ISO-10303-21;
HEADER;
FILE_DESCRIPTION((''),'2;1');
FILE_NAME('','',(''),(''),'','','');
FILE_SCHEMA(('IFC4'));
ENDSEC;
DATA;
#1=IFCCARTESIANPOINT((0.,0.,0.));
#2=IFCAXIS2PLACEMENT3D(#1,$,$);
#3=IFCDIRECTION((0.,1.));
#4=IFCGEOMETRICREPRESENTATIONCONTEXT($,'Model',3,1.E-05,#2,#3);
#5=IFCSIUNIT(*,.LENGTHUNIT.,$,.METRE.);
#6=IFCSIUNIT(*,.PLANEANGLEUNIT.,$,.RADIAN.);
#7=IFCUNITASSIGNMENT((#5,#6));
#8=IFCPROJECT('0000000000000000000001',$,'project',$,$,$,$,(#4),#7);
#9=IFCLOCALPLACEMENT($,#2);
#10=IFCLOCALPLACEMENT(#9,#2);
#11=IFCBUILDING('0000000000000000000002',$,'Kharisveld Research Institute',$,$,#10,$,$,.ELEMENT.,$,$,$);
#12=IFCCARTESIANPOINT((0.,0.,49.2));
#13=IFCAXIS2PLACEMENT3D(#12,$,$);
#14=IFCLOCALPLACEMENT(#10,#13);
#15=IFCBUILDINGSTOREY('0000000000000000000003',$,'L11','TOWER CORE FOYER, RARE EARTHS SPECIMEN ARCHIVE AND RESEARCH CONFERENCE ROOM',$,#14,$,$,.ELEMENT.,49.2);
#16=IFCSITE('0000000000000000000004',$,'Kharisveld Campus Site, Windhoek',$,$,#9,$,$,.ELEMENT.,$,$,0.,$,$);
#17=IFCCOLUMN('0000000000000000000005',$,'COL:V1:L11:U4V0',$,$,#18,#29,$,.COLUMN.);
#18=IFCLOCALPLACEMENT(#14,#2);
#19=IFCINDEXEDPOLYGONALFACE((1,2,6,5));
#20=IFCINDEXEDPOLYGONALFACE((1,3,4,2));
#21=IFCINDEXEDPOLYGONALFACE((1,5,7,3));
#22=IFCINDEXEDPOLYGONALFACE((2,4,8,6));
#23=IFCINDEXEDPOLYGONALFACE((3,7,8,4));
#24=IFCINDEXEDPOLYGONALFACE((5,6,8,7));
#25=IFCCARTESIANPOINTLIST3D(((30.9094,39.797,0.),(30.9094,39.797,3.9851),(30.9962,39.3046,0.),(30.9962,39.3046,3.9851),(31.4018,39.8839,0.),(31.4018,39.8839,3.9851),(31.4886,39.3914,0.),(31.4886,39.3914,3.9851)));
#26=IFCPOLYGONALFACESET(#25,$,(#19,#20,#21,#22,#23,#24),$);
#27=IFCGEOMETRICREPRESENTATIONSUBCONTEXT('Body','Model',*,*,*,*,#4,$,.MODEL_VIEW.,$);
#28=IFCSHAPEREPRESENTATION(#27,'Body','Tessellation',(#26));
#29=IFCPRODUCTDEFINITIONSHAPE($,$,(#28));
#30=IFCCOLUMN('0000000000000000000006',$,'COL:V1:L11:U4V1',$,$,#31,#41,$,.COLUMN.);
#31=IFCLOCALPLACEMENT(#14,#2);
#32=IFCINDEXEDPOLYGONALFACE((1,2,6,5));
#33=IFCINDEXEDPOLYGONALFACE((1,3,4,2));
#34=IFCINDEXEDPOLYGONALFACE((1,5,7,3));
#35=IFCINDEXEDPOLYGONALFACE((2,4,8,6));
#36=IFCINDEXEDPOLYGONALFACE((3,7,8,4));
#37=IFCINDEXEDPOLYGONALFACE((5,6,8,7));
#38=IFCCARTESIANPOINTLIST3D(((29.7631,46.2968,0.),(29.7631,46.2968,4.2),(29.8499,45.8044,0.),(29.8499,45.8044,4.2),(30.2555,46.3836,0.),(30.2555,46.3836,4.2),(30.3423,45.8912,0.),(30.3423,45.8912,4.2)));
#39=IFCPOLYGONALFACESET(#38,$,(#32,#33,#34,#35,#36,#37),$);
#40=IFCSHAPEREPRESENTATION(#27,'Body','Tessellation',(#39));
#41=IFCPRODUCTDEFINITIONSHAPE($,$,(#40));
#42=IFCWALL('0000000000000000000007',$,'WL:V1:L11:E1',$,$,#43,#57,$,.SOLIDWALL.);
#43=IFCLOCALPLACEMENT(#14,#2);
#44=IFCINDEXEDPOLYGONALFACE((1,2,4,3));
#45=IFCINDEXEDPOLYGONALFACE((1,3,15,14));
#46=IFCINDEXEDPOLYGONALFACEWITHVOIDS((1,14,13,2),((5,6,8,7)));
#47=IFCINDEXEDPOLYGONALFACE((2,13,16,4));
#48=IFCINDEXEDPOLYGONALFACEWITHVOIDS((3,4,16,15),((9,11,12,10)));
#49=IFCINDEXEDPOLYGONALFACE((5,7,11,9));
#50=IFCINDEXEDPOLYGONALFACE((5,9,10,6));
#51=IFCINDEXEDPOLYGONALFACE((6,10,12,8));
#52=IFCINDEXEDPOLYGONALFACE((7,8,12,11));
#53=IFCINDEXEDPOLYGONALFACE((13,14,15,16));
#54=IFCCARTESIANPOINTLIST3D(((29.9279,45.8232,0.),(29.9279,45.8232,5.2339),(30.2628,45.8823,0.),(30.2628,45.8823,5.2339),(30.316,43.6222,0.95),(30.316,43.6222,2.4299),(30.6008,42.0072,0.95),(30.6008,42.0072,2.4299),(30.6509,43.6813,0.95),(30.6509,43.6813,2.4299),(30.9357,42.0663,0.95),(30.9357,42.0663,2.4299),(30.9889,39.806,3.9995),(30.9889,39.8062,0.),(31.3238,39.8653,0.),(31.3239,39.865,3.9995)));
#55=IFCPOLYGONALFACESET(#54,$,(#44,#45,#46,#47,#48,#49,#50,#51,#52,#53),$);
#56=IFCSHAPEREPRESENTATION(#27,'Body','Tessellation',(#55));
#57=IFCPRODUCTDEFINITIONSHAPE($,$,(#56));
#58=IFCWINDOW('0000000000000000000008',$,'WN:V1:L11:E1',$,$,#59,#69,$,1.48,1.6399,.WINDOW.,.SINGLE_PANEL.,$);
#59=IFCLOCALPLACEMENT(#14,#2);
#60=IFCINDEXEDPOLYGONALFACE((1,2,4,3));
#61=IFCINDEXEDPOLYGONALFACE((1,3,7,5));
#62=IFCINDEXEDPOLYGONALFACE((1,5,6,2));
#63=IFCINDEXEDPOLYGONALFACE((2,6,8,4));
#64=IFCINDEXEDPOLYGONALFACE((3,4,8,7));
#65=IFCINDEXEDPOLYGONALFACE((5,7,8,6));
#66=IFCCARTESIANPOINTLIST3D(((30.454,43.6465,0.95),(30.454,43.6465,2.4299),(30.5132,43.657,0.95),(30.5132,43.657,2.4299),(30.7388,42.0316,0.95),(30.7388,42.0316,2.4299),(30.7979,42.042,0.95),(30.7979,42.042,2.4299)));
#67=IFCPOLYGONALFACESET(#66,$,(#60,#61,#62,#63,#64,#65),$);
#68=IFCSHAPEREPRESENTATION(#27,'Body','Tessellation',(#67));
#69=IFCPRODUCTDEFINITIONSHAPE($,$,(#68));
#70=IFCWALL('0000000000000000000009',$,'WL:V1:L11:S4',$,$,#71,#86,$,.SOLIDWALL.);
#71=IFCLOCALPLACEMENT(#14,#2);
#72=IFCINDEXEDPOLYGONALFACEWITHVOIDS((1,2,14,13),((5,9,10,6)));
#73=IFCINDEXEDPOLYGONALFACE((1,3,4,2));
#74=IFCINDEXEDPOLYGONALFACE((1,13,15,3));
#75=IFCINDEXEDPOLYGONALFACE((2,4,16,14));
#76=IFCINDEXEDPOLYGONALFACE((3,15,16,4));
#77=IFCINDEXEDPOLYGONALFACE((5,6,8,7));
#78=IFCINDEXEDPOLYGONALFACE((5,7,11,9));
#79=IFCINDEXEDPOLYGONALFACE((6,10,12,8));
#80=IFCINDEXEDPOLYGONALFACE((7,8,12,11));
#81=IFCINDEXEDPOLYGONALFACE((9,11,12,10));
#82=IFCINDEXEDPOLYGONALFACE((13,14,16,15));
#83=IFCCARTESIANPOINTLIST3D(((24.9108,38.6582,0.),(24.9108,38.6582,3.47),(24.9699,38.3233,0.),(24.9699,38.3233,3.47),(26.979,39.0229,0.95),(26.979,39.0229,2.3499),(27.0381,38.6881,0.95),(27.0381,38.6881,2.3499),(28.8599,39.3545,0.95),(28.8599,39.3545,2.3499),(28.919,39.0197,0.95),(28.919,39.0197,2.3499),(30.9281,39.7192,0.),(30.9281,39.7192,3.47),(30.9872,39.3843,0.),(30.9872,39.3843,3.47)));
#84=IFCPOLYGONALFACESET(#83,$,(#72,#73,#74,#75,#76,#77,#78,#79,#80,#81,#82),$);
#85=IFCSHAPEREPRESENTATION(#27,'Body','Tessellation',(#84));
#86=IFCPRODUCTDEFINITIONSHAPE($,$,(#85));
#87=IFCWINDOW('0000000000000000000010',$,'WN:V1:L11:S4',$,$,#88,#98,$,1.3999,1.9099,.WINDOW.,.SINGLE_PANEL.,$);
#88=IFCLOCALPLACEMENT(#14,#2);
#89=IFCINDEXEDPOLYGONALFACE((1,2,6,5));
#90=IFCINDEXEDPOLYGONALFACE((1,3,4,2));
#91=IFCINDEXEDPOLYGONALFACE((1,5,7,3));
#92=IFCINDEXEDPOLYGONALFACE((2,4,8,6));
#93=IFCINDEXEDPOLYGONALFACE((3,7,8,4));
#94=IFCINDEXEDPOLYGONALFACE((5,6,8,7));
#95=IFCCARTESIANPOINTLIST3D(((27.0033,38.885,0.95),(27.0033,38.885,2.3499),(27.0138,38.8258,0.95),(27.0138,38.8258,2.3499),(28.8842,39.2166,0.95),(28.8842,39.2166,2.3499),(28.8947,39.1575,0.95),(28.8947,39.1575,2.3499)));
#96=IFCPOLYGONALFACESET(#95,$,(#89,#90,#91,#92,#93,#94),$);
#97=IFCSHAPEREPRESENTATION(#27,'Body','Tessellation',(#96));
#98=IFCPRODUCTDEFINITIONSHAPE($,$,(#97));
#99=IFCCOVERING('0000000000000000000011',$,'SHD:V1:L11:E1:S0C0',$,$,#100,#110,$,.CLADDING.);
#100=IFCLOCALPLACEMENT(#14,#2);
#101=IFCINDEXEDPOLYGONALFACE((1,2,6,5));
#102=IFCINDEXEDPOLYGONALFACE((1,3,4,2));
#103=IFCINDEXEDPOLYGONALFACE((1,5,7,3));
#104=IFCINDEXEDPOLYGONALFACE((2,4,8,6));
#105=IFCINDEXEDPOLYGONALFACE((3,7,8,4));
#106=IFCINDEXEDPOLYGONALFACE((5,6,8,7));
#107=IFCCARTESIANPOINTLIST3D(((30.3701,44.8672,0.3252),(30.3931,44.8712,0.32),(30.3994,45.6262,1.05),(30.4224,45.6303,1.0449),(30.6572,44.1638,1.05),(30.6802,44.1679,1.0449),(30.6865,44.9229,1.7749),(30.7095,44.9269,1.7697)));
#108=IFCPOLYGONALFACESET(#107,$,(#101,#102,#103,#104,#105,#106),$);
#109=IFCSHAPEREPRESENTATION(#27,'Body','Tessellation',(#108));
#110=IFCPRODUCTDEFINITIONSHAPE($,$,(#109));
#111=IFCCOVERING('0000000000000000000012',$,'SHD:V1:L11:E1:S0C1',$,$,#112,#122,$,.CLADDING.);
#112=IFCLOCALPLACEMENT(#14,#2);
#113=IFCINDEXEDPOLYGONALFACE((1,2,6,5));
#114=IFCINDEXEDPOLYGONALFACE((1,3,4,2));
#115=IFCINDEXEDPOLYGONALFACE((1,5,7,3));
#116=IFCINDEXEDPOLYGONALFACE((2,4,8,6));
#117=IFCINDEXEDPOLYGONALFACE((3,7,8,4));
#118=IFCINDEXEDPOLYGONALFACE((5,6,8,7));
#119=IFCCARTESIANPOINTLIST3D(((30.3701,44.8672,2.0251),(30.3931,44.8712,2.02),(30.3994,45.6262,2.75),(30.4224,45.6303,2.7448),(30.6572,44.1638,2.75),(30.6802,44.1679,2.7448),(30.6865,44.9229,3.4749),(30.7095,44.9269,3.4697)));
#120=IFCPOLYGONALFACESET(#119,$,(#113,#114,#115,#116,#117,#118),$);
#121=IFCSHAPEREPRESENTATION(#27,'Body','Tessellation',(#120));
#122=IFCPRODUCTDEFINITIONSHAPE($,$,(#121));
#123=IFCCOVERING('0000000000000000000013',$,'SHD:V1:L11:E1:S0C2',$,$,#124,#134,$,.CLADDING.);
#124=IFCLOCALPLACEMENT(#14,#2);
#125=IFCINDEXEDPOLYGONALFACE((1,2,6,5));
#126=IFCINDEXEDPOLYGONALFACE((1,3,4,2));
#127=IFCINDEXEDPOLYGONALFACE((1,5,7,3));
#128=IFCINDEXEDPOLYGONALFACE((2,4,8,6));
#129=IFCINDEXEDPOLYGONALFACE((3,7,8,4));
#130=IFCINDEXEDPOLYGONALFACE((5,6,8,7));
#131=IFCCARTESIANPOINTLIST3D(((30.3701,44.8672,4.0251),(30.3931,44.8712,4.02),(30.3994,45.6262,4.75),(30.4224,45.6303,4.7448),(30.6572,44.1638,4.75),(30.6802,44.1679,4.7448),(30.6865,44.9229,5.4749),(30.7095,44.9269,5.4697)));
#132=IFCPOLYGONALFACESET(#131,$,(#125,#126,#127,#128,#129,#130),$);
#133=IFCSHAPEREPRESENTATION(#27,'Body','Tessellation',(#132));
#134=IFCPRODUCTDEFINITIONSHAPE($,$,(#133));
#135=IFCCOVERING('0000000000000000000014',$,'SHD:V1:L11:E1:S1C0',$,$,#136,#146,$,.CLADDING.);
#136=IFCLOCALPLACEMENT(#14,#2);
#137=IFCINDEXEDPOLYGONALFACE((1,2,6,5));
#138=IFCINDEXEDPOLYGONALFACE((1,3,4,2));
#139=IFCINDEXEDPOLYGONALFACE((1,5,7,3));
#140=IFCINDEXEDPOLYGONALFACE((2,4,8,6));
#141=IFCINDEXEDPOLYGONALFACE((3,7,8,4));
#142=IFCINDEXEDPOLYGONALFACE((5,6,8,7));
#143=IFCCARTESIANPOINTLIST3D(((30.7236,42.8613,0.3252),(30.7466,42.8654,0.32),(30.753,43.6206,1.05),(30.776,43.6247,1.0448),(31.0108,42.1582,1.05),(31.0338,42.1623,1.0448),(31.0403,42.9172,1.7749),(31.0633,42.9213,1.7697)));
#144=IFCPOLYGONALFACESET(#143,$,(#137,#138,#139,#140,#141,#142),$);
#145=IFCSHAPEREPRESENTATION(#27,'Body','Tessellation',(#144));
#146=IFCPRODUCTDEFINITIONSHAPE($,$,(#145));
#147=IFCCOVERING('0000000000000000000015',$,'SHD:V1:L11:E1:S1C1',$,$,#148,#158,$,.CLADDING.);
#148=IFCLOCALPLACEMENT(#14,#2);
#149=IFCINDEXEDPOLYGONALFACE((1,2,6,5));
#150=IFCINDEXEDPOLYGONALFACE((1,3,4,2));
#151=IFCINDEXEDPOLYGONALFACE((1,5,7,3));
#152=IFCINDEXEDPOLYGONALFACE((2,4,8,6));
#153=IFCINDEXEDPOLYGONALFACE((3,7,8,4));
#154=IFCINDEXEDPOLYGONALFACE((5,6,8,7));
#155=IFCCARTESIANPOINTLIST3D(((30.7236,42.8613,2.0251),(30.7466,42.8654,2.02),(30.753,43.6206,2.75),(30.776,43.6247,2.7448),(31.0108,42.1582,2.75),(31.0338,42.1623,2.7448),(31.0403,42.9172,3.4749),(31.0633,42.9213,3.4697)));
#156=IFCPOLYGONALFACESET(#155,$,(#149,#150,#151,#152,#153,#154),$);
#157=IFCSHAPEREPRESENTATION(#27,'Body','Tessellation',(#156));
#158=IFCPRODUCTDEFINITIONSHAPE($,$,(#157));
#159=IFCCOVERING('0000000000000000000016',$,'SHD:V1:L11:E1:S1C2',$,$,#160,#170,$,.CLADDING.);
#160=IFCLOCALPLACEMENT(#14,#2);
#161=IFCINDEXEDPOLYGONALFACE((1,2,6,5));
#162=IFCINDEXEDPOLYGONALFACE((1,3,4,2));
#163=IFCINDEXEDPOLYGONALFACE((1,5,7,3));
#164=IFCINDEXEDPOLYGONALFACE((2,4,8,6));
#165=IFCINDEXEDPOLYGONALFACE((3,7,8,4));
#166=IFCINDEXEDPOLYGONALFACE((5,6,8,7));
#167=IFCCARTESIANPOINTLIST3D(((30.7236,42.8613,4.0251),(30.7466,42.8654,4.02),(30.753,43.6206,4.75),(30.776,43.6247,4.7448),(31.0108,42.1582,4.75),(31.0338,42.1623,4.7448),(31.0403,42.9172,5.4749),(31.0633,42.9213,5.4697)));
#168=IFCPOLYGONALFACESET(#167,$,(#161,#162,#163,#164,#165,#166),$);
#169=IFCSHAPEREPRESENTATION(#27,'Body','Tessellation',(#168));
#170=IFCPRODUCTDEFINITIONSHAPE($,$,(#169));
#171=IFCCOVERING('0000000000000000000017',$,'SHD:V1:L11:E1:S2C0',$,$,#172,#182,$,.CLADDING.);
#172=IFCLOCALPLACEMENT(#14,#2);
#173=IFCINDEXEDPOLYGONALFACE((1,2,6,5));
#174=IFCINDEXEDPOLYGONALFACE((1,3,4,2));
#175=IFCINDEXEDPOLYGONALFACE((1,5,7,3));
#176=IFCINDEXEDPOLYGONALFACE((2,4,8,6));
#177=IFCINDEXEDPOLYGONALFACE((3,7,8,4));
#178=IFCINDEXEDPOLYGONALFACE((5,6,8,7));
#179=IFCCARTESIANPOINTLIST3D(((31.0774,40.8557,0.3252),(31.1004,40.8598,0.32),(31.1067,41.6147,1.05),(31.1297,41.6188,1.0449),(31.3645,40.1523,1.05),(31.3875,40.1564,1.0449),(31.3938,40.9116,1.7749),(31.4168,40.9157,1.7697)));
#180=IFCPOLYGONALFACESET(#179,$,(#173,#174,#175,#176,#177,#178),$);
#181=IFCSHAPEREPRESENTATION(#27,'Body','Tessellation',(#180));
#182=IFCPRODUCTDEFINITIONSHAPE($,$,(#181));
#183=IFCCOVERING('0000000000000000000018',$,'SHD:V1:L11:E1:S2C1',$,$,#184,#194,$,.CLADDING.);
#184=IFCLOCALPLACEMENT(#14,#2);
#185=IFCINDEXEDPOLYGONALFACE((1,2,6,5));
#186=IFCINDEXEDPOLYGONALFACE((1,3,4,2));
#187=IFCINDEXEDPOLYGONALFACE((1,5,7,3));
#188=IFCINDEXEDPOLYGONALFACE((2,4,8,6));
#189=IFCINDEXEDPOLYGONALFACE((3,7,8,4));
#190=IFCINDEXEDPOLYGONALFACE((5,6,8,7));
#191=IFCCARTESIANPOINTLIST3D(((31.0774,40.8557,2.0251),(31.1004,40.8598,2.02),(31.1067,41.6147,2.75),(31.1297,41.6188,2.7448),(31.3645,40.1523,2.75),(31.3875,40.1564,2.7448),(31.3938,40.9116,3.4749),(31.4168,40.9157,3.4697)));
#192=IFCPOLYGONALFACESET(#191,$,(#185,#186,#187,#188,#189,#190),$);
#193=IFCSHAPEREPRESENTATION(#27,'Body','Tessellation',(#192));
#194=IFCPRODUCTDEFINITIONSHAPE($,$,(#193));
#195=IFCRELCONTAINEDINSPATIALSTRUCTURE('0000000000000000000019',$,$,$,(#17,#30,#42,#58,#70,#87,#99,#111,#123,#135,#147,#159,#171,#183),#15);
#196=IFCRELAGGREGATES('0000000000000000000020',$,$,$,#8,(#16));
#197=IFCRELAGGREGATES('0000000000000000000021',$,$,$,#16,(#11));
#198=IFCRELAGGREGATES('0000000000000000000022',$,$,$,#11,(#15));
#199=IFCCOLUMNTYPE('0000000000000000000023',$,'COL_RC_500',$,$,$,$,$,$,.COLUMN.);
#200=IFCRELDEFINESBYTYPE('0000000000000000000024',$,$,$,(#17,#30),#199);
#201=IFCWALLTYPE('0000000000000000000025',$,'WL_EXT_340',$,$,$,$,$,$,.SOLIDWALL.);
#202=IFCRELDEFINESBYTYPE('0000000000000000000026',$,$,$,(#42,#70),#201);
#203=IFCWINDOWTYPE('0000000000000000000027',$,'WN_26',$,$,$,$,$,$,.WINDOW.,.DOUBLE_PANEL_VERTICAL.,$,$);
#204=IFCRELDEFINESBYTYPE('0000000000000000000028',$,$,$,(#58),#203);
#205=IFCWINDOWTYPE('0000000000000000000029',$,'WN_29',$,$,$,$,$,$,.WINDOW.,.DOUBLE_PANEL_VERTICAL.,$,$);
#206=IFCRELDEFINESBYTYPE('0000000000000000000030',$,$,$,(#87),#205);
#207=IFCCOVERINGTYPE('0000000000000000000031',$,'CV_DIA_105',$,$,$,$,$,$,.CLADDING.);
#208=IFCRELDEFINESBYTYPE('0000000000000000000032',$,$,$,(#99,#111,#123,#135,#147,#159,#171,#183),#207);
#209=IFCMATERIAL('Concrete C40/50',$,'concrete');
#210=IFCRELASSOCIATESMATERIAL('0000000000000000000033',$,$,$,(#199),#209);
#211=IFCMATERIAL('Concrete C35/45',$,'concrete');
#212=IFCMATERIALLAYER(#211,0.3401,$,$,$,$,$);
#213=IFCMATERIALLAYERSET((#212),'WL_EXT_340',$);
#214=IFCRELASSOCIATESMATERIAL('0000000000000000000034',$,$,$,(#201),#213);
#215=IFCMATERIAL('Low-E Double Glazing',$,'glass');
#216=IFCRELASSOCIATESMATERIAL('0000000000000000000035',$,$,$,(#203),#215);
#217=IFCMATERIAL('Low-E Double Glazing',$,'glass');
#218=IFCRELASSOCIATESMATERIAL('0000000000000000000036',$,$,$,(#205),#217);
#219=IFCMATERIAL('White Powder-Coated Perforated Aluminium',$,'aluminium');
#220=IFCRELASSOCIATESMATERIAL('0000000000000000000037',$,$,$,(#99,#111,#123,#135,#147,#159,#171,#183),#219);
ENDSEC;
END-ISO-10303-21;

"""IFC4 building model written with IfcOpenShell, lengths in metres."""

from ifc_helpers import new_model, si_unit, direction, frame, frame_2d, origin, origin_2d, place, context, subcontext, project, spatial, polyline, rectangle, outline, extrude, material, layer, layer_set, material_profile, profile_set, type_object, element, fill, save


model = new_model("IFC4")

# Units and contexts
model_context = context("Model", 3, precision=1e-05, world=origin(), true_north=direction((0.0, 1.0)))
body_context = subcontext(model_context, "Body", "Model", "MODEL_VIEW")
ifc_project = project(units=[si_unit("LENGTHUNIT", "METRE"), si_unit("PLANEANGLEUNIT", "RADIAN")], contexts=[model_context])

# Site, building, storey
site_placement = place(None, origin())
site = spatial("IfcSite", under=ifc_project, at=site_placement, Name="Kharisveld Campus Site, Windhoek", CompositionType="ELEMENT", RefElevation=0.0)
building_placement = place(site_placement, origin())
building = spatial("IfcBuilding", under=site, at=building_placement, Name="Kharisveld Research Institute", CompositionType="ELEMENT")
storey_placement = place(building_placement, frame((0.0, 0.0, 49.2)))
storey = spatial("IfcBuildingStorey", under=building, at=storey_placement, Name="L11", Description="TOWER CORE FOYER, RARE EARTHS SPECIMEN ARCHIVE AND RESEARCH CONFERENCE ROOM", CompositionType="ELEMENT", Elevation=49.2)

# Columns
ifc_material_1 = material(Name="Concrete C40/50", Category="concrete")
ifc_material_profile = material_profile(ifc_material_1, rectangle(XDim=0.5, YDim=0.5, at=origin_2d()))
ifc_profile_set = profile_set([ifc_material_profile], Name="Concrete C40/50")
column_type = type_object("IfcColumnType", Name="COL_RC_500", PredefinedType="COLUMN", material=ifc_profile_set)
column_1_placement = place(storey_placement, frame((31.199, 39.5942, 0.0), z_axis=(0.0, 0.0, 1.0), x_axis=(0.984808, 0.173648, 0.0)))
element("IfcColumn", 1, at=column_1_placement, inside=storey, type_object=column_type, Name="COL:V1:L11:U4V0", PredefinedType="COLUMN", context=body_context, shape_type="SweptSolid", body=[
    extrude(rectangle(XDim=0.5, YDim=0.5, at=origin_2d()), origin(), (0.0, 0.0, 1.0), 3.9851),
])
column_2_placement = place(storey_placement, frame((30.0527, 46.094, 0.0), z_axis=(0.0, 0.0, 1.0), x_axis=(0.984808, 0.173648, 0.0)))
element("IfcColumn", 2, at=column_2_placement, inside=storey, type_object=column_type, Name="COL:V1:L11:U4V1", PredefinedType="COLUMN", context=body_context, shape_type="SweptSolid", body=[
    extrude(rectangle(XDim=0.5, YDim=0.5, at=origin_2d()), origin(), (0.0, 0.0, 1.0), 4.2),
])

# Walls, openings, windows
ifc_material_2 = material(Name="Concrete C35/45", Category="concrete")
ifc_layer = layer(ifc_material_2, 0.3401)
ifc_layer_set = layer_set([ifc_layer], Name="WL_EXT_340")
wall_type = type_object("IfcWallType", Name="WL_EXT_340", PredefinedType="SOLIDWALL", material=ifc_layer_set)
wall_1_placement = place(storey_placement, frame((30.0955, 45.8528, 0.0), z_axis=(0.0, 0.0, 1.0), x_axis=(0.173658, -0.984806, 0.0)))
wall_1 = element("IfcWall", 3, at=wall_1_placement, inside=storey, type_object=wall_type, Name="WL:V1:L11:E1", PredefinedType="SOLIDWALL", context=body_context, shape_type="SweptSolid", body=[
    extrude(outline(polyline([(0.0, 0.0), (6.1099, 0.0), (6.1101, 3.9995), (0.0, 5.2339), (0.0, 0.0)])), frame((0.0, 0.1699, 0.0), z_axis=(0.0, -1.0, 0.0), x_axis=(1.0, 0.0, 0.0)), (0.0, 0.0, 1.0), 0.3401),
])
opening_1_placement = place(wall_1_placement, frame((2.2351, 0.0, 0.95)))
opening_1 = element("IfcOpeningElement", 4, at=opening_1_placement, cuts=wall_1, PredefinedType="OPENING", context=body_context, shape_type="SweptSolid", body=[
    extrude(rectangle(XDim=1.6399, YDim=1.48, at=frame_2d((0.8198, 0.74))), frame((0.0, 0.1699, 0.0), z_axis=(0.0, -1.0, 0.0), x_axis=(1.0, 0.0, 0.0)), (0.0, 0.0, 1.0), 0.3401),
])
ifc_material_3 = material(Name="Low-E Double Glazing", Category="glass")
window_type_1 = type_object("IfcWindowType", Name="WN_26", PartitioningType="DOUBLE_PANEL_VERTICAL", PredefinedType="WINDOW", material=ifc_material_3)
window_1_placement = place(opening_1_placement, origin())
window_1 = element("IfcWindow", 5, at=window_1_placement, inside=storey, type_object=window_type_1, Name="WN:V1:L11:E1", OverallHeight=1.48, OverallWidth=1.6399, PartitioningType="SINGLE_PANEL", PredefinedType="WINDOW", context=body_context, shape_type="SweptSolid", body=[
    extrude(rectangle(XDim=1.6399, YDim=1.48, at=frame_2d((0.8198, 0.74))), frame((0.0, 0.03, 0.0), z_axis=(0.0, -1.0, 0.0), x_axis=(1.0, 0.0, 0.0)), (0.0, 0.0, 1.0), 0.0601),
])
fill(opening_1, window_1)
wall_2_placement = place(storey_placement, frame((30.9578, 39.5518, 0.0), z_axis=(0.0, 0.0, 1.0), x_axis=(-0.984807, -0.173651, 0.0)))
wall_2 = element("IfcWall", 6, at=wall_2_placement, inside=storey, type_object=wall_type, Name="WL:V1:L11:S4", PredefinedType="SOLIDWALL", context=body_context, shape_type="SweptSolid", body=[
    extrude(rectangle(XDim=6.1101, YDim=0.3401, at=frame_2d((3.0552, 0.0))), origin(), (0.0, 0.0, 1.0), 3.47),
])
opening_2_placement = place(wall_2_placement, frame((2.1001, 0.0, 0.95)))
opening_2 = element("IfcOpeningElement", 7, at=opening_2_placement, cuts=wall_2, PredefinedType="OPENING", context=body_context, shape_type="SweptSolid", body=[
    extrude(rectangle(XDim=1.9099, YDim=1.3999, at=frame_2d((0.9551, 0.7))), frame((0.0, 0.1699, 0.0), z_axis=(0.0, -1.0, 0.0), x_axis=(1.0, 0.0, 0.0)), (0.0, 0.0, 1.0), 0.3401),
])
ifc_material_4 = material(Name="Low-E Double Glazing", Category="glass")
window_type_2 = type_object("IfcWindowType", Name="WN_29", PartitioningType="DOUBLE_PANEL_VERTICAL", PredefinedType="WINDOW", material=ifc_material_4)
window_2_placement = place(opening_2_placement, origin())
window_2 = element("IfcWindow", 8, at=window_2_placement, inside=storey, type_object=window_type_2, Name="WN:V1:L11:S4", OverallHeight=1.3999, OverallWidth=1.9099, PartitioningType="SINGLE_PANEL", PredefinedType="WINDOW", context=body_context, shape_type="SweptSolid", body=[
    extrude(rectangle(XDim=1.9099, YDim=1.3999, at=frame_2d((0.9551, 0.7))), frame((0.0, 0.03, 0.0), z_axis=(0.0, -1.0, 0.0), x_axis=(1.0, 0.0, 0.0)), (0.0, 0.0, 1.0), 0.0601),
])
fill(opening_2, window_2)

# Coverings
ifc_material_5 = material(Name="White Powder-Coated Perforated Aluminium", Category="aluminium")
covering_type = type_object("IfcCoveringType", Name="CV_DIA_105", PredefinedType="CLADDING")
for number, where, z_axis, x_axis, name in (
    (9, (30.3701, 44.8672, 0.3252), (-0.961487, -0.169504, 0.216358), (0.273429, -0.669853, 0.690314), "SHD:V1:L11:E1:S0C0"),
    (10, (30.3701, 44.8672, 2.0251), (-0.961487, -0.169504, 0.216358), (0.273429, -0.669853, 0.690314), "SHD:V1:L11:E1:S0C1"),
    (11, (30.3701, 44.8672, 4.0251), (-0.961487, -0.169504, 0.216358), (0.273429, -0.669853, 0.690314), "SHD:V1:L11:E1:S0C2"),
):
    element("IfcCovering", number, at=place(storey_placement, frame(where, z_axis=z_axis, x_axis=x_axis)), inside=storey, type_object=covering_type, material=ifc_material_5, Name=name, PredefinedType="CLADDING", context=body_context, shape_type="SweptSolid", body=[
        extrude(outline(polyline([(0.0, 0.0), (1.05, 0.0), (1.05, 1.05), (-0.0001, 1.05), (0.0, 0.0)])), origin(), (0.0, 0.0, -1.0), 0.0239),
    ])
for number, where, z_axis, x_axis, name in (
    (12, (30.7236, 42.8613, 0.3252), (-0.961447, -0.169497, 0.21654), (0.27356, -0.66971, 0.690402), "SHD:V1:L11:E1:S1C0"),
    (13, (30.7236, 42.8613, 2.0251), (-0.961447, -0.169497, 0.21654), (0.27356, -0.66971, 0.690402), "SHD:V1:L11:E1:S1C1"),
    (14, (30.7236, 42.8613, 4.0251), (-0.961447, -0.169497, 0.21654), (0.27356, -0.66971, 0.690402), "SHD:V1:L11:E1:S1C2"),
):
    element("IfcCovering", number, at=place(storey_placement, frame(where, z_axis=z_axis, x_axis=x_axis)), inside=storey, type_object=covering_type, material=ifc_material_5, Name=name, PredefinedType="CLADDING", context=body_context, shape_type="SweptSolid", body=[
        extrude(outline(polyline([(0.0, 0.0), (1.0499, 0.0), (1.0501, 1.05), (0.0, 1.0501), (0.0, 0.0)])), origin(), (0.0, 0.0, -1.0), 0.0239),
    ])
for number, where, z_axis, x_axis, name in (
    (15, (31.0774, 40.8557, 0.3252), (-0.961481, -0.169503, 0.216385), (0.273447, -0.66985, 0.69031), "SHD:V1:L11:E1:S2C0"),
    (16, (31.0774, 40.8557, 2.0251), (-0.961481, -0.169503, 0.216385), (0.273447, -0.66985, 0.69031), "SHD:V1:L11:E1:S2C1"),
):
    element("IfcCovering", number, at=place(storey_placement, frame(where, z_axis=z_axis, x_axis=x_axis)), inside=storey, type_object=covering_type, material=ifc_material_5, Name=name, PredefinedType="CLADDING", context=body_context, shape_type="SweptSolid", body=[
        extrude(outline(polyline([(0.0, 0.0), (1.05, 0.0), (1.0498, 1.0501), (-0.0001, 1.05), (0.0, 0.0)])), origin(), (0.0, 0.0, -1.0), 0.0239),
    ])

save(model, "model.ifc")
